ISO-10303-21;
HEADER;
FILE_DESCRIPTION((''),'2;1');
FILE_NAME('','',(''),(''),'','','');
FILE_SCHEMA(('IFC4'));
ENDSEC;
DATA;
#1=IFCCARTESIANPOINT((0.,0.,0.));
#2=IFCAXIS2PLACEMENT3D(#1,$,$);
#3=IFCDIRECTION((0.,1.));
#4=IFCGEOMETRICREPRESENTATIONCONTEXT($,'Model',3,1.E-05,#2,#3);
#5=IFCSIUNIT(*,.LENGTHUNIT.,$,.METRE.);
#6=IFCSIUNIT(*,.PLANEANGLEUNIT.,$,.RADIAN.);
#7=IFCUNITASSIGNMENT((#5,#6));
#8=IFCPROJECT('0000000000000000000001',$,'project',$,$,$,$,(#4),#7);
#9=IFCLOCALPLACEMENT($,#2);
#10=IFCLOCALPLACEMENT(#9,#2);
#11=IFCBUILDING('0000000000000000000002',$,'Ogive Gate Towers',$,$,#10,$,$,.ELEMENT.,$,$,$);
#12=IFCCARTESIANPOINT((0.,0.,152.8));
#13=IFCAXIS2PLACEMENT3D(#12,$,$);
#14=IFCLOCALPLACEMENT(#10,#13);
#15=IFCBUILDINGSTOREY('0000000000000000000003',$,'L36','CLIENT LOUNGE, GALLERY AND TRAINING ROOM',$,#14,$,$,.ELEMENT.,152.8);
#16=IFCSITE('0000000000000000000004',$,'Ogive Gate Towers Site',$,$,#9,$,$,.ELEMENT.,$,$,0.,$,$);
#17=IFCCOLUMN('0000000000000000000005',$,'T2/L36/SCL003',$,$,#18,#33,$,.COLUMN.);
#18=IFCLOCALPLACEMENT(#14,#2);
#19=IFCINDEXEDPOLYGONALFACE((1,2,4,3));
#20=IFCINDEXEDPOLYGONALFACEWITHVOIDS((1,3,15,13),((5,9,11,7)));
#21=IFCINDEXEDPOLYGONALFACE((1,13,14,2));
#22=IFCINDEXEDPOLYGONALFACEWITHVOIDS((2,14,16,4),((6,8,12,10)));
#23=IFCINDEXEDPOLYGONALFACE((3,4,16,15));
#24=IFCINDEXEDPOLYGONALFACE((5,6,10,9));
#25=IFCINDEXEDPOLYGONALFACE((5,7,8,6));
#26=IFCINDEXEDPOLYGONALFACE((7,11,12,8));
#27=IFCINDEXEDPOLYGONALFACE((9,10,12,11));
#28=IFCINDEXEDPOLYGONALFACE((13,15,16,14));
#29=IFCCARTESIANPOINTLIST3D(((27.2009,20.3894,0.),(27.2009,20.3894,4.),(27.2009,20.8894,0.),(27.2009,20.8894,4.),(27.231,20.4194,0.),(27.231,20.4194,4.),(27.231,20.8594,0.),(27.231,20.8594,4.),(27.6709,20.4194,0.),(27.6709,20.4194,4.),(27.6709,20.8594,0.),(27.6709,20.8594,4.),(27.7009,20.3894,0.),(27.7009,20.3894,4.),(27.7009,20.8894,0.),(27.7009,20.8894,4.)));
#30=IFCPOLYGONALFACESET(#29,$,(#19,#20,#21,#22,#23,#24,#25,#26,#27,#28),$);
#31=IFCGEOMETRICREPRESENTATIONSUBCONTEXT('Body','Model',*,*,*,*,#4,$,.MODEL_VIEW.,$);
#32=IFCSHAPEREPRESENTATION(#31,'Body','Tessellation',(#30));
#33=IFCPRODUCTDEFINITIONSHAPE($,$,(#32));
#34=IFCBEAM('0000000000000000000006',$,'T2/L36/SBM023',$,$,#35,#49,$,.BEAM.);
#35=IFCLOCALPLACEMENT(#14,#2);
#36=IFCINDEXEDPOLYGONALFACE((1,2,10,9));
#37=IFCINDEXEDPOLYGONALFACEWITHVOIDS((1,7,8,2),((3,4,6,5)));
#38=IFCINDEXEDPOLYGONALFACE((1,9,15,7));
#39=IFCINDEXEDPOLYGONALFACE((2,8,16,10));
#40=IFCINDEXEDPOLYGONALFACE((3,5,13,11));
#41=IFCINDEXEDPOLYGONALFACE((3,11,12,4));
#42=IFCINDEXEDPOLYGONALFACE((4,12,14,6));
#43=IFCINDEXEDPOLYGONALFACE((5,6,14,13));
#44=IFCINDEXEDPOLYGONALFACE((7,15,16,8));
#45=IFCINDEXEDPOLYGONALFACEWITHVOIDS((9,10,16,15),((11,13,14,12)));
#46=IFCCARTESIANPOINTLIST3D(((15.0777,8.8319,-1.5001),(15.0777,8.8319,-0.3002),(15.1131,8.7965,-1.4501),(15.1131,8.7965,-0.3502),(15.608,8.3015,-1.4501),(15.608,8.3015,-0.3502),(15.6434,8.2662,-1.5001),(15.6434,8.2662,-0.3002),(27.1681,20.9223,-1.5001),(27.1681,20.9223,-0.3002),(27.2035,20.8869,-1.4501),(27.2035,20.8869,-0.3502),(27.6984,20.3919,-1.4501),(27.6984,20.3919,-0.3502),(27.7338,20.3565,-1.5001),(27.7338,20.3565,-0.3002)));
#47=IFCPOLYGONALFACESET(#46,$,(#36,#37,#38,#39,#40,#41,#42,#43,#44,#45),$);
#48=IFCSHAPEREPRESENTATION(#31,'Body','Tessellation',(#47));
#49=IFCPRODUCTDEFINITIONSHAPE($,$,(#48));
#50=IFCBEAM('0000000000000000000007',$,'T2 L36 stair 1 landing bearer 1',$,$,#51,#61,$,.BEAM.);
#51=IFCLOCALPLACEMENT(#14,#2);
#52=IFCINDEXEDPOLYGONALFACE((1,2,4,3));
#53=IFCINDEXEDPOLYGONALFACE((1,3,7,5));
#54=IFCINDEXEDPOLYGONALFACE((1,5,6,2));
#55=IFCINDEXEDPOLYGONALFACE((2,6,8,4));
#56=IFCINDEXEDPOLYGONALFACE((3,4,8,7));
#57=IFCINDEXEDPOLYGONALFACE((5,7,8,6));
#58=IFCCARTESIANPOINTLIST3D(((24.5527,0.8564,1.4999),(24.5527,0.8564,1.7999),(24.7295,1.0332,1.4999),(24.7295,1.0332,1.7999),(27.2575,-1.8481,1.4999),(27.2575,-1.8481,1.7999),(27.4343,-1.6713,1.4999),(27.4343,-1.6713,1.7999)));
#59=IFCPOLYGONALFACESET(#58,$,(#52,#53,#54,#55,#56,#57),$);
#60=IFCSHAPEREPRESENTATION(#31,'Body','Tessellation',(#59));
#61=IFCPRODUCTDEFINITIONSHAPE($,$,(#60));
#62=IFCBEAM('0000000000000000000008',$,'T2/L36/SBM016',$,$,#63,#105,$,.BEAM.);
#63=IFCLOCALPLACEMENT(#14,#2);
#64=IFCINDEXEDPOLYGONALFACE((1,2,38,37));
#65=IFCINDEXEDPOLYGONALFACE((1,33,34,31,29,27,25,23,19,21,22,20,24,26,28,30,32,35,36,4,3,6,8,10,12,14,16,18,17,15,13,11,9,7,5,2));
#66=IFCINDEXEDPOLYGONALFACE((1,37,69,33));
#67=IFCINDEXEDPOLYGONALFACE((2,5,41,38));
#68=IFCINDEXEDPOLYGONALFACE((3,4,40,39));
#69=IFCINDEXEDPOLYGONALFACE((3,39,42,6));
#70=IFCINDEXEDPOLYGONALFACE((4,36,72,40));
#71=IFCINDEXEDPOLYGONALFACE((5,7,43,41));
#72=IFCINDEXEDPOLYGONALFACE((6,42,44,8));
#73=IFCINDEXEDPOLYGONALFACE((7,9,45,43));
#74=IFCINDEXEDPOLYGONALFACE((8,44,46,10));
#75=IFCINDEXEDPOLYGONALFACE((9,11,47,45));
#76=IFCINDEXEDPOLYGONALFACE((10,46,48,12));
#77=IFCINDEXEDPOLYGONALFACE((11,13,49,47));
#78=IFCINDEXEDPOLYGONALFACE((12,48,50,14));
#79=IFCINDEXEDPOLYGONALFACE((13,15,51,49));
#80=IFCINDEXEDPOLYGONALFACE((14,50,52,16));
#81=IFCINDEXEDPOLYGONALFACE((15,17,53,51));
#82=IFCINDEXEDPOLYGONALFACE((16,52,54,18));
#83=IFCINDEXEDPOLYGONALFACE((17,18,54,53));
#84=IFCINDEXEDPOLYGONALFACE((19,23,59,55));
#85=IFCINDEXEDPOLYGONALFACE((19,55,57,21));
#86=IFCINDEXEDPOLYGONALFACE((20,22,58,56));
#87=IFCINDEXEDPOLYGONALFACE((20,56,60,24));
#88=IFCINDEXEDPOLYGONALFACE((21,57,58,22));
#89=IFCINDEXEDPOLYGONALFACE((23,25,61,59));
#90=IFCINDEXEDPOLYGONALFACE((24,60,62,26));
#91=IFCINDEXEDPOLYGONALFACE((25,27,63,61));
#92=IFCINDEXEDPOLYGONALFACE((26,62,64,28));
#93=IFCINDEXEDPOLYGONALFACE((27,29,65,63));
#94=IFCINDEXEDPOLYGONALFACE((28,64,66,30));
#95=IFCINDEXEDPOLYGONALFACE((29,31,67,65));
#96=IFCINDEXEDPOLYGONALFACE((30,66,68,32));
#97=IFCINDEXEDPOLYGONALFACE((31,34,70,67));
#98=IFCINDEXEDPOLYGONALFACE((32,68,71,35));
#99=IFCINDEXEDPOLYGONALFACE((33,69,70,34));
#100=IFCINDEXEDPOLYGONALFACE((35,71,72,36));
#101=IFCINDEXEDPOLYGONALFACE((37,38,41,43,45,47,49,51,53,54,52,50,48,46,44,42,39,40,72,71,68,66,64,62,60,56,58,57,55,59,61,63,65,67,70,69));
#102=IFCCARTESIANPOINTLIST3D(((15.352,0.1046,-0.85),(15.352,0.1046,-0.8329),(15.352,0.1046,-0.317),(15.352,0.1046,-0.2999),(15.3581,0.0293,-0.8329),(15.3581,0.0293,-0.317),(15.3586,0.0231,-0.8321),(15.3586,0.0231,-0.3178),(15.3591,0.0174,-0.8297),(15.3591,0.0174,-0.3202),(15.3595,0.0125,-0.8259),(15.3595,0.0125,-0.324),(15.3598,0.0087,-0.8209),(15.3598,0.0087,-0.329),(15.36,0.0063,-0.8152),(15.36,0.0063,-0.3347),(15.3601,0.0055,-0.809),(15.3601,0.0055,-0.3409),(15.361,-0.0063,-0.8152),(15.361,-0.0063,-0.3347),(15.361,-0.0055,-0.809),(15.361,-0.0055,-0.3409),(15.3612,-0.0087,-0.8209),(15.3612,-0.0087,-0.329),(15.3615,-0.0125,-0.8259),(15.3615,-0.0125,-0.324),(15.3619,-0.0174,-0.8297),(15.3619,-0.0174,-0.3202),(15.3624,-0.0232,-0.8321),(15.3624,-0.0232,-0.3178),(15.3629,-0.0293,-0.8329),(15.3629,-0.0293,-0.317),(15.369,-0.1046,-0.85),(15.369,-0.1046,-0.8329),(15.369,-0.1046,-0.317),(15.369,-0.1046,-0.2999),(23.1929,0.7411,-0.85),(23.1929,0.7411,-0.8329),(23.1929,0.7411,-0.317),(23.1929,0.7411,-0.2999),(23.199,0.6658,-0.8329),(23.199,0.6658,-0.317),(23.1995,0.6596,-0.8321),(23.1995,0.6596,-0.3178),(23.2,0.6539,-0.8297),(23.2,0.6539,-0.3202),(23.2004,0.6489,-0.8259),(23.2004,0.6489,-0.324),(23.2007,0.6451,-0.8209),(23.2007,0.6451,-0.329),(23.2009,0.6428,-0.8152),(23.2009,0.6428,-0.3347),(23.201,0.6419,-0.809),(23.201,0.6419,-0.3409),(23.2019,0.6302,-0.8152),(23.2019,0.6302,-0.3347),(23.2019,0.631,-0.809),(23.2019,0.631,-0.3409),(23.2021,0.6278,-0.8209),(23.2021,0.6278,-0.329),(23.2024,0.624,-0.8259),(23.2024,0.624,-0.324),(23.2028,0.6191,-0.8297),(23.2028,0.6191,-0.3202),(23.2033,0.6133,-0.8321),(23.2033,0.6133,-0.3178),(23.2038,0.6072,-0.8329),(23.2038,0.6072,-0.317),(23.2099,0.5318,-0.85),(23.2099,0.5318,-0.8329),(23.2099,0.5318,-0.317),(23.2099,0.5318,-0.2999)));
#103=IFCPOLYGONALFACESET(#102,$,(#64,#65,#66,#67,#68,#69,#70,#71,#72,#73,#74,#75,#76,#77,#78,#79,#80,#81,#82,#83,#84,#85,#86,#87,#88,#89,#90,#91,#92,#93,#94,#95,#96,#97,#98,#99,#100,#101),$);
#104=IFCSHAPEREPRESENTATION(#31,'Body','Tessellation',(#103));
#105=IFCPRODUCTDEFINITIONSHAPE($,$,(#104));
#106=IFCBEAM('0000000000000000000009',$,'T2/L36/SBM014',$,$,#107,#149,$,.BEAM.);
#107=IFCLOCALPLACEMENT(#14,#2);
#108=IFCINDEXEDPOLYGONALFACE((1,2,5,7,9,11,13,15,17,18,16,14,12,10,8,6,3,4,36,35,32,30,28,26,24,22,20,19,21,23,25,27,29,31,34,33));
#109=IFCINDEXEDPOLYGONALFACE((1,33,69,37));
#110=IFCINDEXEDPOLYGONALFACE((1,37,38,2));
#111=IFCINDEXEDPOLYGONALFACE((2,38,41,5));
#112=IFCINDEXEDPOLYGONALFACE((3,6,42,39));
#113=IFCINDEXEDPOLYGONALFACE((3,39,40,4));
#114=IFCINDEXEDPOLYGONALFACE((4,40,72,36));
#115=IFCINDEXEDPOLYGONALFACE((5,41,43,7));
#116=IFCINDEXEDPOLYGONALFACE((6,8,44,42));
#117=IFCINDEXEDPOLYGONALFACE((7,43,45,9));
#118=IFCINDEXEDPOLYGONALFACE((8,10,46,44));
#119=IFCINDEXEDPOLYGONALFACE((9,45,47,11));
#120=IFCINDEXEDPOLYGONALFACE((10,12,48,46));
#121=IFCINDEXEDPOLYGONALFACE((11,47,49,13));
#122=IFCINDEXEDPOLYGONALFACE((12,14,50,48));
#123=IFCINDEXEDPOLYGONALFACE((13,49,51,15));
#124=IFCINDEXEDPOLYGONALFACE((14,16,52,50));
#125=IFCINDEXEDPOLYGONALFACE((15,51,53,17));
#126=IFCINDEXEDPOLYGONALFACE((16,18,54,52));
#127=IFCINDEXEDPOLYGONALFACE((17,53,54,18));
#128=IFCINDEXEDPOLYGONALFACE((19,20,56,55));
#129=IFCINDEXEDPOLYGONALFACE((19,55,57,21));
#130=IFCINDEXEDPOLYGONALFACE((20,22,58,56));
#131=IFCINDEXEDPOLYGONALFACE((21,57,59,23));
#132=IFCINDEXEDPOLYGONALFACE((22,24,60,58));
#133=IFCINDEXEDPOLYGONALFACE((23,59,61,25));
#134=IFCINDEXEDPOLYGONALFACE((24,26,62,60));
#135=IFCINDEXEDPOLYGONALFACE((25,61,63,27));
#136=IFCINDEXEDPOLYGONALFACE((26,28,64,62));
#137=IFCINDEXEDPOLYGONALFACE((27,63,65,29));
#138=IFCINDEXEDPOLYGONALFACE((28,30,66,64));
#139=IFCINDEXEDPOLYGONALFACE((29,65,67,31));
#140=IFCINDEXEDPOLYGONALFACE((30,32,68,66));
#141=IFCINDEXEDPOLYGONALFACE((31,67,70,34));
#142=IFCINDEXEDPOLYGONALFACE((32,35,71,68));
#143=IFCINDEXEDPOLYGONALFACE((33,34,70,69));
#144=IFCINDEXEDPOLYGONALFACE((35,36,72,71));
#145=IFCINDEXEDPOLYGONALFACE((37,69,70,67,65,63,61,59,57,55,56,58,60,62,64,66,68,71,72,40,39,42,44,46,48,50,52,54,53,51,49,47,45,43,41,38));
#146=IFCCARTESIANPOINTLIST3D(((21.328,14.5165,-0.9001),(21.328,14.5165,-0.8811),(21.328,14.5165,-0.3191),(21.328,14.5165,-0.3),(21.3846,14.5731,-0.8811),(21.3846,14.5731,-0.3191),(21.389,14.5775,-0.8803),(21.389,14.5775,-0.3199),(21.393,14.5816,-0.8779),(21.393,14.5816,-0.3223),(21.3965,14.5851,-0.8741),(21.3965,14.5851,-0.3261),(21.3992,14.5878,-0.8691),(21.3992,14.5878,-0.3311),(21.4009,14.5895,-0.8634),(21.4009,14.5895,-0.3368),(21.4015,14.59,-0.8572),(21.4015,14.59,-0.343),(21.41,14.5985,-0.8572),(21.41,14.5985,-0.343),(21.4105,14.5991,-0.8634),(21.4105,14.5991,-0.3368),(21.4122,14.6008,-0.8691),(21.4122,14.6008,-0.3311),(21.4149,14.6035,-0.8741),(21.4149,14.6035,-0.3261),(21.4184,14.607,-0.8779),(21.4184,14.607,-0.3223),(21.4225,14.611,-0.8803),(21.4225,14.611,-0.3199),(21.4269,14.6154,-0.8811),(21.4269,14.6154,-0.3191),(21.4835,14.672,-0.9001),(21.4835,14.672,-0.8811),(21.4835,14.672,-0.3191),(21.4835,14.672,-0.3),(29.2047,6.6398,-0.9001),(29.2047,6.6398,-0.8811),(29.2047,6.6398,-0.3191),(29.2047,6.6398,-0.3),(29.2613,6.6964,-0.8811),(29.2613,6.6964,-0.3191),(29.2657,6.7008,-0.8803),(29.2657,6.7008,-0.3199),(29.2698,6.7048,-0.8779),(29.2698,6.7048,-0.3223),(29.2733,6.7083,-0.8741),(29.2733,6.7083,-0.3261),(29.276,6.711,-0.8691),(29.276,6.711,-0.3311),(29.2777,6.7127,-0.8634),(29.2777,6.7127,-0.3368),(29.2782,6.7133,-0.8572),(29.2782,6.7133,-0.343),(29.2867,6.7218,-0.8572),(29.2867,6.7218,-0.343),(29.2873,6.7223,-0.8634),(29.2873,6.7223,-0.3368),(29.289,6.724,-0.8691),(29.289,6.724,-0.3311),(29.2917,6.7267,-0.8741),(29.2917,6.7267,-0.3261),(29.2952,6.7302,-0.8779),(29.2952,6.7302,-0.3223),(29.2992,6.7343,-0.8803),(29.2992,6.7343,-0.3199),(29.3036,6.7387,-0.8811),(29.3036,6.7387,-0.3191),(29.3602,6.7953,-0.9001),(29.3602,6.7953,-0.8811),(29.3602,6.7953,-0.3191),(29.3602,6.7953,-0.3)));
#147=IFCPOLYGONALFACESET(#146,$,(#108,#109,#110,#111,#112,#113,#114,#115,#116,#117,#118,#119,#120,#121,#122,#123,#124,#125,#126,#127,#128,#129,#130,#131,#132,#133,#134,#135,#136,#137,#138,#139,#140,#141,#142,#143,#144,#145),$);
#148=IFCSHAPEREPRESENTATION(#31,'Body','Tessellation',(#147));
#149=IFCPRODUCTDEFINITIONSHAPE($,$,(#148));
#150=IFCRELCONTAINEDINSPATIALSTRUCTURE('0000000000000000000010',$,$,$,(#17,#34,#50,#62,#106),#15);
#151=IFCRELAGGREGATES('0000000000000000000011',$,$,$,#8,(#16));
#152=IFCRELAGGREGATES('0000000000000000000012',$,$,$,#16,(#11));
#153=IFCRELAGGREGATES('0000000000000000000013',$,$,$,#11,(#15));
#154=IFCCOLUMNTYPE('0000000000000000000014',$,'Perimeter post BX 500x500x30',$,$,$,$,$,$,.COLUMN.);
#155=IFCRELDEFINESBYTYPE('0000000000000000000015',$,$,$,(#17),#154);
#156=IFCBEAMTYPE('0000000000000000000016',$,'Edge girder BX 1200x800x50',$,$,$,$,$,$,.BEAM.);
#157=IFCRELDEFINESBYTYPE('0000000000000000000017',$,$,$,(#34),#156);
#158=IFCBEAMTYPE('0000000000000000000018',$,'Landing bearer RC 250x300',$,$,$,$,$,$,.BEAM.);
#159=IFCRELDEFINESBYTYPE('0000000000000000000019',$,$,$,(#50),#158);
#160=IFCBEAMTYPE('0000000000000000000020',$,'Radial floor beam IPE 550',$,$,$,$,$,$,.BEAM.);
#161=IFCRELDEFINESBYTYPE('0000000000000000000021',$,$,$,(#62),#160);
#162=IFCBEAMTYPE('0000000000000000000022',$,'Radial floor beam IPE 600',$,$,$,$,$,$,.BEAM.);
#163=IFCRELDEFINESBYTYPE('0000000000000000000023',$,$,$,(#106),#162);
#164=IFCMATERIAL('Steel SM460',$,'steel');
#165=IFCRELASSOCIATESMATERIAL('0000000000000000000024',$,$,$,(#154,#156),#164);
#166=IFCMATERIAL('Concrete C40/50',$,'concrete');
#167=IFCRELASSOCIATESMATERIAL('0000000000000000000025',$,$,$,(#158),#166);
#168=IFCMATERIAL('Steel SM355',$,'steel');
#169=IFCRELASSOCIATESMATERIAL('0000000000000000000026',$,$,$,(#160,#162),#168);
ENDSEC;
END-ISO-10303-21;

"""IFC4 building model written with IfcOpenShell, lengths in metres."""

from ifc_helpers import new_model, si_unit, direction, frame, origin, origin_2d, place, context, subcontext, project, spatial, rectangle, hollow_rectangle, i_section, extrude, material, material_profile, profile_set, type_object, element, save


model = new_model("IFC4")

# Units and contexts
model_context = context("Model", 3, precision=1e-05, world=origin(), true_north=direction((0.0, 1.0)))
body_context = subcontext(model_context, "Body", "Model", "MODEL_VIEW")
ifc_project = project(units=[si_unit("LENGTHUNIT", "METRE"), si_unit("PLANEANGLEUNIT", "RADIAN")], contexts=[model_context])

# Site, building, storey
site_placement = place(None, origin())
site = spatial("IfcSite", under=ifc_project, at=site_placement, Name="Ogive Gate Towers Site", CompositionType="ELEMENT", RefElevation=0.0)
building_placement = place(site_placement, origin())
building = spatial("IfcBuilding", under=site, at=building_placement, Name="Ogive Gate Towers", CompositionType="ELEMENT")
storey_placement = place(building_placement, frame((0.0, 0.0, 152.8)))
storey = spatial("IfcBuildingStorey", under=building, at=storey_placement, Name="L36", Description="CLIENT LOUNGE, GALLERY AND TRAINING ROOM", CompositionType="ELEMENT", Elevation=152.8)

# Column
ifc_material_1 = material(Name="Steel SM460", Category="steel")
ifc_material_profile_1 = material_profile(ifc_material_1, hollow_rectangle(XDim=0.5, YDim=0.5, WallThickness=0.03, at=origin_2d()), Name="BX 500x500x30")
ifc_profile_set_1 = profile_set([ifc_material_profile_1], Name="Steel SM460")
column_type = type_object("IfcColumnType", Name="Perimeter post BX 500x500x30", PredefinedType="COLUMN", material=ifc_profile_set_1)
column_placement = place(storey_placement, frame((27.4509, 20.6394, 0.0), z_axis=(0.0, 0.0, 1.0), x_axis=(1.0, 0.0, 0.0)))
element("IfcColumn", 1, at=column_placement, inside=storey, type_object=column_type, Name="T2/L36/SCL003", PredefinedType="COLUMN", context=body_context, shape_type="SweptSolid", body=[
    extrude(hollow_rectangle(XDim=0.5, YDim=0.5, WallThickness=0.03, at=origin_2d()), origin(), (0.0, 0.0, 1.0), 4.0),
])

# Beams
ifc_material_profile_2 = material_profile(ifc_material_1, hollow_rectangle(XDim=0.8, YDim=1.2, WallThickness=0.05, at=origin_2d()), Name="BX 1200x800x50")
ifc_profile_set_2 = profile_set([ifc_material_profile_2], Name="Steel SM460")
beam_type_1 = type_object("IfcBeamType", Name="Edge girder BX 1200x800x50", PredefinedType="BEAM", material=ifc_profile_set_2)
beam_1_placement = place(storey_placement, frame((27.4509, 20.6394, -0.9001), z_axis=(-0.707107, -0.707107, 0.0), x_axis=(0.707107, -0.707107, 0.0)))
element("IfcBeam", 2, at=beam_1_placement, inside=storey, type_object=beam_type_1, Name="T2/L36/SBM023", PredefinedType="BEAM", context=body_context, shape_type="SweptSolid", body=[
    extrude(hollow_rectangle(XDim=0.8, YDim=1.2, WallThickness=0.05, at=origin_2d()), origin(), (0.0, 0.0, 1.0), 17.0984),
])
ifc_material_2 = material(Name="Concrete C40/50", Category="concrete")
ifc_material_profile_3 = material_profile(ifc_material_2, rectangle(XDim=0.25, YDim=0.3, at=origin_2d()), Name="RC 250x300")
ifc_profile_set_3 = profile_set([ifc_material_profile_3], Name="Concrete C40/50")
beam_type_2 = type_object("IfcBeamType", Name="Landing bearer RC 250x300", PredefinedType="BEAM", material=ifc_profile_set_3)
beam_2_placement = place(storey_placement, frame((24.6411, 0.9448, 1.6499), z_axis=(0.707139, -0.707075, 0.0), x_axis=(0.707075, 0.707139, 0.0)))
element("IfcBeam", 3, at=beam_2_placement, inside=storey, type_object=beam_type_2, Name="T2 L36 stair 1 landing bearer 1", PredefinedType="BEAM", context=body_context, shape_type="SweptSolid", body=[
    extrude(rectangle(XDim=0.25, YDim=0.3, at=origin_2d()), origin(), (0.0, 0.0, 1.0), 3.825),
])
ifc_material_3 = material(Name="Steel SM355", Category="steel")
ifc_material_profile_4 = material_profile(ifc_material_3, i_section(OverallWidth=0.21, OverallDepth=0.55, WebThickness=0.011, FlangeThickness=0.0171, FilletRadius=0.0239, at=origin_2d()), Name="IPE 550")
ifc_profile_set_4 = profile_set([ifc_material_profile_4], Name="Steel SM355")
beam_type_3 = type_object("IfcBeamType", Name="Radial floor beam IPE 550", PredefinedType="BEAM", material=ifc_profile_set_4)
beam_3_placement = place(storey_placement, frame((23.2014, 0.6365, -0.575), z_axis=(-0.996722, -0.080908, 0.0), x_axis=(0.080908, -0.996722, 0.0)))
element("IfcBeam", 4, at=beam_3_placement, inside=storey, type_object=beam_type_3, Name="T2/L36/SBM016", PredefinedType="BEAM", context=body_context, shape_type="SweptSolid", body=[
    extrude(i_section(OverallWidth=0.21, OverallDepth=0.55, WebThickness=0.011, FlangeThickness=0.0171, FilletRadius=0.0239, at=origin_2d()), origin(), (0.0, 0.0, 1.0), 7.8667),
])
ifc_material_profile_5 = material_profile(ifc_material_3, i_section(OverallWidth=0.22, OverallDepth=0.6001, WebThickness=0.012, FlangeThickness=0.019, FilletRadius=0.0239, at=origin_2d()), Name="IPE 600")
ifc_profile_set_5 = profile_set([ifc_material_profile_5], Name="Steel SM355")
beam_type_4 = type_object("IfcBeamType", Name="Radial floor beam IPE 600", PredefinedType="BEAM", material=ifc_profile_set_5)
beam_4_placement = place(storey_placement, frame((29.2825, 6.7175, -0.6001), z_axis=(-0.707107, 0.707107, 0.0), x_axis=(-0.707107, -0.707107, 0.0)))
element("IfcBeam", 5, at=beam_4_placement, inside=storey, type_object=beam_type_4, Name="T2/L36/SBM014", PredefinedType="BEAM", context=body_context, shape_type="SweptSolid", body=[
    extrude(i_section(OverallWidth=0.22, OverallDepth=0.6001, WebThickness=0.012, FlangeThickness=0.019, FilletRadius=0.0239, at=origin_2d()), origin(), (0.0, 0.0, 1.0), 11.1394),
])

save(model, "model.ifc")
